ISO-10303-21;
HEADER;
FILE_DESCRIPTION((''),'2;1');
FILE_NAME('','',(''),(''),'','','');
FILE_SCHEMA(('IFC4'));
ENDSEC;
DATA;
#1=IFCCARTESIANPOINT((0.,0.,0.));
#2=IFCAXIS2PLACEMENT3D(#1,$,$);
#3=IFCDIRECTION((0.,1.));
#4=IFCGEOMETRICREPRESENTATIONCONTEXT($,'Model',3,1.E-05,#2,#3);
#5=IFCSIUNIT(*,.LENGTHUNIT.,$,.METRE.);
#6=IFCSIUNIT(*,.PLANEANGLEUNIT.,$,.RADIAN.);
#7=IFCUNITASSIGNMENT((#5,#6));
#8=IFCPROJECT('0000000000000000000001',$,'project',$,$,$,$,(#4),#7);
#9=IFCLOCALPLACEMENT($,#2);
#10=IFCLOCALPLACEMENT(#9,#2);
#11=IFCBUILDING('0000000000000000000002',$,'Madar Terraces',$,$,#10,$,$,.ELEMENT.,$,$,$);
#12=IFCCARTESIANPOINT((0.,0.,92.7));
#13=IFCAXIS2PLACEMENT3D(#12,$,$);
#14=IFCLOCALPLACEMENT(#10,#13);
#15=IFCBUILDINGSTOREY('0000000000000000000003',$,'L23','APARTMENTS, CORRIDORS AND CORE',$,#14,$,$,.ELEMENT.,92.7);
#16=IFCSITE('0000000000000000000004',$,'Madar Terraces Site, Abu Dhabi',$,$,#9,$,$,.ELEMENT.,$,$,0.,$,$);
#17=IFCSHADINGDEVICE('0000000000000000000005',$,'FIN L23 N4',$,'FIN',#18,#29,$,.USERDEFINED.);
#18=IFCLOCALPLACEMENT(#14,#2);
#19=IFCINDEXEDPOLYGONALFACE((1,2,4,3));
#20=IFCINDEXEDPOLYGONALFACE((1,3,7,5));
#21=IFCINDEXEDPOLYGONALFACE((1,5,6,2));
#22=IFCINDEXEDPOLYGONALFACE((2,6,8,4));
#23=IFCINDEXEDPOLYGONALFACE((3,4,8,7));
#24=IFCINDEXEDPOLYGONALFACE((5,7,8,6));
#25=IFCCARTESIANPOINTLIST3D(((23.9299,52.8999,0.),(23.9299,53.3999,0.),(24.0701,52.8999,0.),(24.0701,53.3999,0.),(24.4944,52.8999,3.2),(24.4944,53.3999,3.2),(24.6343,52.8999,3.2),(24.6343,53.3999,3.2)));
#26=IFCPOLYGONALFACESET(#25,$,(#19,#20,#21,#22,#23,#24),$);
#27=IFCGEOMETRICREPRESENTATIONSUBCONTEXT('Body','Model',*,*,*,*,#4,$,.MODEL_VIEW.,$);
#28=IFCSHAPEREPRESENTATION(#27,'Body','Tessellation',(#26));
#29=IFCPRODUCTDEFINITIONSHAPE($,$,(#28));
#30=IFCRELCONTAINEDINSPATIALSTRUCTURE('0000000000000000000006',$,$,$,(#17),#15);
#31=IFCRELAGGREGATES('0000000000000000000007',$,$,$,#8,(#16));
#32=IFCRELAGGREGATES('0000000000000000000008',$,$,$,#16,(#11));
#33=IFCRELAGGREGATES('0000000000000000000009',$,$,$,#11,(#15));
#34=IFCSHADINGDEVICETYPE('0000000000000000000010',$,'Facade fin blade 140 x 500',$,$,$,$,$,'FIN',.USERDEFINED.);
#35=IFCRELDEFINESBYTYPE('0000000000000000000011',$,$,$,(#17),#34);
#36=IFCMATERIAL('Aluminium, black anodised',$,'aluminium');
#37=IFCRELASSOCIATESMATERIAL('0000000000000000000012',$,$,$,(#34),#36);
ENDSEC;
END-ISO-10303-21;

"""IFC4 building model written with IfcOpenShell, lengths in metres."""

from ifc_helpers import new_model, si_unit, direction, frame, origin, place, context, subcontext, project, spatial, polyline, outline, extrude, material, type_object, element, save


model = new_model("IFC4")

# Units and contexts
model_context = context("Model", 3, precision=1e-05, world=origin(), true_north=direction((0.0, 1.0)))
body_context = subcontext(model_context, "Body", "Model", "MODEL_VIEW")
ifc_project = project(units=[si_unit("LENGTHUNIT", "METRE"), si_unit("PLANEANGLEUNIT", "RADIAN")], contexts=[model_context])

# Site, building, storey
site_placement = place(None, origin())
site = spatial("IfcSite", under=ifc_project, at=site_placement, Name="Madar Terraces Site, Abu Dhabi", CompositionType="ELEMENT", RefElevation=0.0)
building_placement = place(site_placement, origin())
building = spatial("IfcBuilding", under=site, at=building_placement, Name="Madar Terraces", CompositionType="ELEMENT")
storey_placement = place(building_placement, frame((0.0, 0.0, 92.7)))
storey = spatial("IfcBuildingStorey", under=building, at=storey_placement, Name="L23", Description="APARTMENTS, CORRIDORS AND CORE", CompositionType="ELEMENT", Elevation=92.7)

# Shading device
ifc_material_1 = material(Name="Aluminium, black anodised", Category="aluminium")
shading_device_type = type_object("IfcShadingDeviceType", Name="Facade fin blade 140 x 500", ElementType="FIN", PredefinedType="USERDEFINED", material=ifc_material_1)
shading_device_placement = place(storey_placement, frame((24.0701, 53.1499, 0.0), z_axis=(0.0, 0.0, 1.0), x_axis=(-1.0, 0.0, 0.0)))
element("IfcShadingDevice", 1, at=shading_device_placement, inside=storey, type_object=shading_device_type, Name="FIN L23 N4", ObjectType="FIN", PredefinedType="USERDEFINED", context=body_context, shape_type="SweptSolid", body=[
    extrude(outline(polyline([(0.0, 0.0), (0.1401, 0.0), (-0.4243, 3.2), (-0.5642, 3.2), (0.0, 0.0)])), frame((0.0, 0.25, 0.0), z_axis=(0.0, -1.0, 0.0), x_axis=(1.0, 0.0, 0.0)), (0.0, 0.0, 1.0), 0.5),
])

save(model, "model.ifc")
